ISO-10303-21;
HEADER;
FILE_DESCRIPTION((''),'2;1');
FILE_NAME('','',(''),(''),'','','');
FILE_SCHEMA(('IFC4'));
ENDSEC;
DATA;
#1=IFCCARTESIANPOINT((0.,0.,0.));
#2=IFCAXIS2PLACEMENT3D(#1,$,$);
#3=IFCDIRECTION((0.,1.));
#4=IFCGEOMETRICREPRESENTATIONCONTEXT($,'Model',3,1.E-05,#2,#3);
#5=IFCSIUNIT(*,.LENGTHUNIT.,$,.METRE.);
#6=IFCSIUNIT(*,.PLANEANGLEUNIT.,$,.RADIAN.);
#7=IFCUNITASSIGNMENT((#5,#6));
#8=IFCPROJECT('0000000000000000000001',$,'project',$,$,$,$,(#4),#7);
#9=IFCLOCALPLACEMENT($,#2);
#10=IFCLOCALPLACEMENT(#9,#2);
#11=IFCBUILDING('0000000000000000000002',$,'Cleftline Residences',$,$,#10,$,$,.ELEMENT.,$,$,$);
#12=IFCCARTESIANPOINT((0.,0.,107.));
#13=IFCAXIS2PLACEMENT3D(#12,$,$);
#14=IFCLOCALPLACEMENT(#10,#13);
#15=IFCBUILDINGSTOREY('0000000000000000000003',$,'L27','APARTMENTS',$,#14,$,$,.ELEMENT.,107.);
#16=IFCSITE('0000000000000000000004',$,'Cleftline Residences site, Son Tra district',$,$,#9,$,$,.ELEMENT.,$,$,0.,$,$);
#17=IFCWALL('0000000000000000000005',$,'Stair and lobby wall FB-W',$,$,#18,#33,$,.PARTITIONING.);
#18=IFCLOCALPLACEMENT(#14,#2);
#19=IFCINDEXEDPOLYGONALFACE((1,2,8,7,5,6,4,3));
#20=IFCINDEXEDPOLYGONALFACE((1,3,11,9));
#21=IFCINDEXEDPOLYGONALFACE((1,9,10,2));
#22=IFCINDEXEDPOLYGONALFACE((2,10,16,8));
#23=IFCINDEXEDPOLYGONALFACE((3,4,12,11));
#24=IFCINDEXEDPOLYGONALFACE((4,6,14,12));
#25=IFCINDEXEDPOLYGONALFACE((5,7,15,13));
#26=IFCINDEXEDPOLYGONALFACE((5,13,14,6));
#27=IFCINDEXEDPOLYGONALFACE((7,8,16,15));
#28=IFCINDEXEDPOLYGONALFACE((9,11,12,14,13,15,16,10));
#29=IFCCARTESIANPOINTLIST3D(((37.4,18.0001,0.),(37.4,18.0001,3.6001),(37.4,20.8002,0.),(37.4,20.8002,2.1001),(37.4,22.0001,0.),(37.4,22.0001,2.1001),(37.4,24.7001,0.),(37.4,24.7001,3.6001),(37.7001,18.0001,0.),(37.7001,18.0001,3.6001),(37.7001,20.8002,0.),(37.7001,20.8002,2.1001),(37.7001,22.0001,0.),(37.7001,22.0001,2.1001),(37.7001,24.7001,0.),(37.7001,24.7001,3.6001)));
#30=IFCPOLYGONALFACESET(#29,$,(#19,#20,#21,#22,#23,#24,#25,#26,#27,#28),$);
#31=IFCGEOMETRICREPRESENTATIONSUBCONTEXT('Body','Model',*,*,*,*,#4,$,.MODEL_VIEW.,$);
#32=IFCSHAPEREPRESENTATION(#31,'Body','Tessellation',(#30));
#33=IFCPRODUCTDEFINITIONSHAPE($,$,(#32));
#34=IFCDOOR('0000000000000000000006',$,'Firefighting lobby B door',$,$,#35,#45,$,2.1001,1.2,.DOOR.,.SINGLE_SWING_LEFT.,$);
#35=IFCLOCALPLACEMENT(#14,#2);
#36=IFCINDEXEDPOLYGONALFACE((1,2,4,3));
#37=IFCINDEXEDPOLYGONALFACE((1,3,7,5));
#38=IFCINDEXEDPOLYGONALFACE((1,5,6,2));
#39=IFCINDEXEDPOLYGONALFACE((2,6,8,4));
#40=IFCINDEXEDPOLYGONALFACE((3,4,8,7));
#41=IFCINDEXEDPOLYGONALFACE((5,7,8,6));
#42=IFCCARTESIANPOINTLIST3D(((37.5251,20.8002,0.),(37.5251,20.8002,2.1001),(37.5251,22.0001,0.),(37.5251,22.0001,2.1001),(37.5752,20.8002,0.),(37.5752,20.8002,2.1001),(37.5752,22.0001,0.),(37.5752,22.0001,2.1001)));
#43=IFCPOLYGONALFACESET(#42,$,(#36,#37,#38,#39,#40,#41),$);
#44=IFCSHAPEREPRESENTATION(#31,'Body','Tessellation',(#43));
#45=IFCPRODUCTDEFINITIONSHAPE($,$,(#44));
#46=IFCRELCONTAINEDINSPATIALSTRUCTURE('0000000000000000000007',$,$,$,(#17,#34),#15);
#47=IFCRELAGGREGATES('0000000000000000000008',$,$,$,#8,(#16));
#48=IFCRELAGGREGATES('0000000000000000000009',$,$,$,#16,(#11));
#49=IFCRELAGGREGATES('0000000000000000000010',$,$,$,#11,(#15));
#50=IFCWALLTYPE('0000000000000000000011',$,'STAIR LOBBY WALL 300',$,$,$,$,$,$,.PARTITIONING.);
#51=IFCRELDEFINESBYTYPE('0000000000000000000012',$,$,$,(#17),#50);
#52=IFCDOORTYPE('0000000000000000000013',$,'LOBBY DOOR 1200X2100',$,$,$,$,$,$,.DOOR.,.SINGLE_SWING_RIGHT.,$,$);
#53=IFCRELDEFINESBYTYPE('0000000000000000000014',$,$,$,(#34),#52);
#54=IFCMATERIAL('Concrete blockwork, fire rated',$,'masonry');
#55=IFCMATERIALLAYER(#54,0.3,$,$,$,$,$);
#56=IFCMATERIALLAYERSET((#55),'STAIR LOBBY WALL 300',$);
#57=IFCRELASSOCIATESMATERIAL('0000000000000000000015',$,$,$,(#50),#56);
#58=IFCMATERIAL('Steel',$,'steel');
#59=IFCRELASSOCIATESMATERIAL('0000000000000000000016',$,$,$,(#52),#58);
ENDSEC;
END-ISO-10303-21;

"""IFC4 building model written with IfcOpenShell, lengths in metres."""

from ifc_helpers import new_model, si_unit, direction, frame, frame_2d, origin, place, context, subcontext, project, spatial, rectangle, extrude, material, layer, layer_set, type_object, element, fill, save


model = new_model("IFC4")

# Units and contexts
model_context = context("Model", 3, precision=1e-05, world=origin(), true_north=direction((0.0, 1.0)))
body_context = subcontext(model_context, "Body", "Model", "MODEL_VIEW")
ifc_project = project(units=[si_unit("LENGTHUNIT", "METRE"), si_unit("PLANEANGLEUNIT", "RADIAN")], contexts=[model_context])

# Site, building, storey
site_placement = place(None, origin())
site = spatial("IfcSite", under=ifc_project, at=site_placement, Name="Cleftline Residences site, Son Tra district", CompositionType="ELEMENT", RefElevation=0.0)
building_placement = place(site_placement, origin())
building = spatial("IfcBuilding", under=site, at=building_placement, Name="Cleftline Residences", CompositionType="ELEMENT")
storey_placement = place(building_placement, frame((0.0, 0.0, 107.0)))
storey = spatial("IfcBuildingStorey", under=building, at=storey_placement, Name="L27", Description="APARTMENTS", CompositionType="ELEMENT", Elevation=107.0)

# Wall, opening, door
ifc_material_1 = material(Name="Concrete blockwork, fire rated", Category="masonry")
ifc_layer_1 = layer(ifc_material_1, 0.3)
ifc_layer_set_1 = layer_set([ifc_layer_1], Name="STAIR LOBBY WALL 300")
wall_type_1 = type_object("IfcWallType", Name="STAIR LOBBY WALL 300", PredefinedType="PARTITIONING", material=ifc_layer_set_1)
ifc_material_2 = material(Name="Steel", Category="steel")
door_type_1 = type_object("IfcDoorType", Name="LOBBY DOOR 1200X2100", OperationType="SINGLE_SWING_RIGHT", PredefinedType="DOOR", material=ifc_material_2)
wall_1_placement = place(storey_placement, frame((37.55, 18.0, 0.0), z_axis=(0.0, 0.0, 1.0), x_axis=(0.0, 1.0, 0.0)))
wall_1 = element("IfcWall", 1, at=wall_1_placement, inside=storey, type_object=wall_type_1, Name="Stair and lobby wall FB-W", PredefinedType="PARTITIONING", context=body_context, shape_type="SweptSolid", body=[
    extrude(rectangle(XDim=6.7, YDim=0.3, at=frame_2d((3.3501, 0.0))), origin(), (0.0, 0.0, 1.0), 3.6001),
])
opening_1_placement = place(wall_1_placement, frame((2.8, 0.0, 0.0)))
opening_1 = element("IfcOpeningElement", 2, at=opening_1_placement, cuts=wall_1, PredefinedType="OPENING", context=body_context, shape_type="SweptSolid", body=[
    extrude(rectangle(XDim=1.2, YDim=2.1001, at=frame_2d((0.6001, 1.05))), frame((0.0, 0.1599, 0.0), z_axis=(0.0, -1.0, 0.0), x_axis=(1.0, 0.0, 0.0)), (0.0, 0.0, 1.0), 0.3201),
])
door_1_placement = place(opening_1_placement, origin())
door_1 = element("IfcDoor", 3, at=door_1_placement, inside=storey, type_object=door_type_1, Name="Firefighting lobby B door", OperationType="SINGLE_SWING_LEFT", OverallHeight=2.1001, OverallWidth=1.2, PredefinedType="DOOR", context=body_context, shape_type="SweptSolid", body=[
    extrude(rectangle(XDim=1.2, YDim=2.1001, at=frame_2d((0.6001, 1.05))), frame((0.0, 0.0249, 0.0), z_axis=(0.0, -1.0, 0.0), x_axis=(1.0, 0.0, 0.0)), (0.0, 0.0, 1.0), 0.05),
])
fill(opening_1, door_1)

save(model, "model.ifc")
